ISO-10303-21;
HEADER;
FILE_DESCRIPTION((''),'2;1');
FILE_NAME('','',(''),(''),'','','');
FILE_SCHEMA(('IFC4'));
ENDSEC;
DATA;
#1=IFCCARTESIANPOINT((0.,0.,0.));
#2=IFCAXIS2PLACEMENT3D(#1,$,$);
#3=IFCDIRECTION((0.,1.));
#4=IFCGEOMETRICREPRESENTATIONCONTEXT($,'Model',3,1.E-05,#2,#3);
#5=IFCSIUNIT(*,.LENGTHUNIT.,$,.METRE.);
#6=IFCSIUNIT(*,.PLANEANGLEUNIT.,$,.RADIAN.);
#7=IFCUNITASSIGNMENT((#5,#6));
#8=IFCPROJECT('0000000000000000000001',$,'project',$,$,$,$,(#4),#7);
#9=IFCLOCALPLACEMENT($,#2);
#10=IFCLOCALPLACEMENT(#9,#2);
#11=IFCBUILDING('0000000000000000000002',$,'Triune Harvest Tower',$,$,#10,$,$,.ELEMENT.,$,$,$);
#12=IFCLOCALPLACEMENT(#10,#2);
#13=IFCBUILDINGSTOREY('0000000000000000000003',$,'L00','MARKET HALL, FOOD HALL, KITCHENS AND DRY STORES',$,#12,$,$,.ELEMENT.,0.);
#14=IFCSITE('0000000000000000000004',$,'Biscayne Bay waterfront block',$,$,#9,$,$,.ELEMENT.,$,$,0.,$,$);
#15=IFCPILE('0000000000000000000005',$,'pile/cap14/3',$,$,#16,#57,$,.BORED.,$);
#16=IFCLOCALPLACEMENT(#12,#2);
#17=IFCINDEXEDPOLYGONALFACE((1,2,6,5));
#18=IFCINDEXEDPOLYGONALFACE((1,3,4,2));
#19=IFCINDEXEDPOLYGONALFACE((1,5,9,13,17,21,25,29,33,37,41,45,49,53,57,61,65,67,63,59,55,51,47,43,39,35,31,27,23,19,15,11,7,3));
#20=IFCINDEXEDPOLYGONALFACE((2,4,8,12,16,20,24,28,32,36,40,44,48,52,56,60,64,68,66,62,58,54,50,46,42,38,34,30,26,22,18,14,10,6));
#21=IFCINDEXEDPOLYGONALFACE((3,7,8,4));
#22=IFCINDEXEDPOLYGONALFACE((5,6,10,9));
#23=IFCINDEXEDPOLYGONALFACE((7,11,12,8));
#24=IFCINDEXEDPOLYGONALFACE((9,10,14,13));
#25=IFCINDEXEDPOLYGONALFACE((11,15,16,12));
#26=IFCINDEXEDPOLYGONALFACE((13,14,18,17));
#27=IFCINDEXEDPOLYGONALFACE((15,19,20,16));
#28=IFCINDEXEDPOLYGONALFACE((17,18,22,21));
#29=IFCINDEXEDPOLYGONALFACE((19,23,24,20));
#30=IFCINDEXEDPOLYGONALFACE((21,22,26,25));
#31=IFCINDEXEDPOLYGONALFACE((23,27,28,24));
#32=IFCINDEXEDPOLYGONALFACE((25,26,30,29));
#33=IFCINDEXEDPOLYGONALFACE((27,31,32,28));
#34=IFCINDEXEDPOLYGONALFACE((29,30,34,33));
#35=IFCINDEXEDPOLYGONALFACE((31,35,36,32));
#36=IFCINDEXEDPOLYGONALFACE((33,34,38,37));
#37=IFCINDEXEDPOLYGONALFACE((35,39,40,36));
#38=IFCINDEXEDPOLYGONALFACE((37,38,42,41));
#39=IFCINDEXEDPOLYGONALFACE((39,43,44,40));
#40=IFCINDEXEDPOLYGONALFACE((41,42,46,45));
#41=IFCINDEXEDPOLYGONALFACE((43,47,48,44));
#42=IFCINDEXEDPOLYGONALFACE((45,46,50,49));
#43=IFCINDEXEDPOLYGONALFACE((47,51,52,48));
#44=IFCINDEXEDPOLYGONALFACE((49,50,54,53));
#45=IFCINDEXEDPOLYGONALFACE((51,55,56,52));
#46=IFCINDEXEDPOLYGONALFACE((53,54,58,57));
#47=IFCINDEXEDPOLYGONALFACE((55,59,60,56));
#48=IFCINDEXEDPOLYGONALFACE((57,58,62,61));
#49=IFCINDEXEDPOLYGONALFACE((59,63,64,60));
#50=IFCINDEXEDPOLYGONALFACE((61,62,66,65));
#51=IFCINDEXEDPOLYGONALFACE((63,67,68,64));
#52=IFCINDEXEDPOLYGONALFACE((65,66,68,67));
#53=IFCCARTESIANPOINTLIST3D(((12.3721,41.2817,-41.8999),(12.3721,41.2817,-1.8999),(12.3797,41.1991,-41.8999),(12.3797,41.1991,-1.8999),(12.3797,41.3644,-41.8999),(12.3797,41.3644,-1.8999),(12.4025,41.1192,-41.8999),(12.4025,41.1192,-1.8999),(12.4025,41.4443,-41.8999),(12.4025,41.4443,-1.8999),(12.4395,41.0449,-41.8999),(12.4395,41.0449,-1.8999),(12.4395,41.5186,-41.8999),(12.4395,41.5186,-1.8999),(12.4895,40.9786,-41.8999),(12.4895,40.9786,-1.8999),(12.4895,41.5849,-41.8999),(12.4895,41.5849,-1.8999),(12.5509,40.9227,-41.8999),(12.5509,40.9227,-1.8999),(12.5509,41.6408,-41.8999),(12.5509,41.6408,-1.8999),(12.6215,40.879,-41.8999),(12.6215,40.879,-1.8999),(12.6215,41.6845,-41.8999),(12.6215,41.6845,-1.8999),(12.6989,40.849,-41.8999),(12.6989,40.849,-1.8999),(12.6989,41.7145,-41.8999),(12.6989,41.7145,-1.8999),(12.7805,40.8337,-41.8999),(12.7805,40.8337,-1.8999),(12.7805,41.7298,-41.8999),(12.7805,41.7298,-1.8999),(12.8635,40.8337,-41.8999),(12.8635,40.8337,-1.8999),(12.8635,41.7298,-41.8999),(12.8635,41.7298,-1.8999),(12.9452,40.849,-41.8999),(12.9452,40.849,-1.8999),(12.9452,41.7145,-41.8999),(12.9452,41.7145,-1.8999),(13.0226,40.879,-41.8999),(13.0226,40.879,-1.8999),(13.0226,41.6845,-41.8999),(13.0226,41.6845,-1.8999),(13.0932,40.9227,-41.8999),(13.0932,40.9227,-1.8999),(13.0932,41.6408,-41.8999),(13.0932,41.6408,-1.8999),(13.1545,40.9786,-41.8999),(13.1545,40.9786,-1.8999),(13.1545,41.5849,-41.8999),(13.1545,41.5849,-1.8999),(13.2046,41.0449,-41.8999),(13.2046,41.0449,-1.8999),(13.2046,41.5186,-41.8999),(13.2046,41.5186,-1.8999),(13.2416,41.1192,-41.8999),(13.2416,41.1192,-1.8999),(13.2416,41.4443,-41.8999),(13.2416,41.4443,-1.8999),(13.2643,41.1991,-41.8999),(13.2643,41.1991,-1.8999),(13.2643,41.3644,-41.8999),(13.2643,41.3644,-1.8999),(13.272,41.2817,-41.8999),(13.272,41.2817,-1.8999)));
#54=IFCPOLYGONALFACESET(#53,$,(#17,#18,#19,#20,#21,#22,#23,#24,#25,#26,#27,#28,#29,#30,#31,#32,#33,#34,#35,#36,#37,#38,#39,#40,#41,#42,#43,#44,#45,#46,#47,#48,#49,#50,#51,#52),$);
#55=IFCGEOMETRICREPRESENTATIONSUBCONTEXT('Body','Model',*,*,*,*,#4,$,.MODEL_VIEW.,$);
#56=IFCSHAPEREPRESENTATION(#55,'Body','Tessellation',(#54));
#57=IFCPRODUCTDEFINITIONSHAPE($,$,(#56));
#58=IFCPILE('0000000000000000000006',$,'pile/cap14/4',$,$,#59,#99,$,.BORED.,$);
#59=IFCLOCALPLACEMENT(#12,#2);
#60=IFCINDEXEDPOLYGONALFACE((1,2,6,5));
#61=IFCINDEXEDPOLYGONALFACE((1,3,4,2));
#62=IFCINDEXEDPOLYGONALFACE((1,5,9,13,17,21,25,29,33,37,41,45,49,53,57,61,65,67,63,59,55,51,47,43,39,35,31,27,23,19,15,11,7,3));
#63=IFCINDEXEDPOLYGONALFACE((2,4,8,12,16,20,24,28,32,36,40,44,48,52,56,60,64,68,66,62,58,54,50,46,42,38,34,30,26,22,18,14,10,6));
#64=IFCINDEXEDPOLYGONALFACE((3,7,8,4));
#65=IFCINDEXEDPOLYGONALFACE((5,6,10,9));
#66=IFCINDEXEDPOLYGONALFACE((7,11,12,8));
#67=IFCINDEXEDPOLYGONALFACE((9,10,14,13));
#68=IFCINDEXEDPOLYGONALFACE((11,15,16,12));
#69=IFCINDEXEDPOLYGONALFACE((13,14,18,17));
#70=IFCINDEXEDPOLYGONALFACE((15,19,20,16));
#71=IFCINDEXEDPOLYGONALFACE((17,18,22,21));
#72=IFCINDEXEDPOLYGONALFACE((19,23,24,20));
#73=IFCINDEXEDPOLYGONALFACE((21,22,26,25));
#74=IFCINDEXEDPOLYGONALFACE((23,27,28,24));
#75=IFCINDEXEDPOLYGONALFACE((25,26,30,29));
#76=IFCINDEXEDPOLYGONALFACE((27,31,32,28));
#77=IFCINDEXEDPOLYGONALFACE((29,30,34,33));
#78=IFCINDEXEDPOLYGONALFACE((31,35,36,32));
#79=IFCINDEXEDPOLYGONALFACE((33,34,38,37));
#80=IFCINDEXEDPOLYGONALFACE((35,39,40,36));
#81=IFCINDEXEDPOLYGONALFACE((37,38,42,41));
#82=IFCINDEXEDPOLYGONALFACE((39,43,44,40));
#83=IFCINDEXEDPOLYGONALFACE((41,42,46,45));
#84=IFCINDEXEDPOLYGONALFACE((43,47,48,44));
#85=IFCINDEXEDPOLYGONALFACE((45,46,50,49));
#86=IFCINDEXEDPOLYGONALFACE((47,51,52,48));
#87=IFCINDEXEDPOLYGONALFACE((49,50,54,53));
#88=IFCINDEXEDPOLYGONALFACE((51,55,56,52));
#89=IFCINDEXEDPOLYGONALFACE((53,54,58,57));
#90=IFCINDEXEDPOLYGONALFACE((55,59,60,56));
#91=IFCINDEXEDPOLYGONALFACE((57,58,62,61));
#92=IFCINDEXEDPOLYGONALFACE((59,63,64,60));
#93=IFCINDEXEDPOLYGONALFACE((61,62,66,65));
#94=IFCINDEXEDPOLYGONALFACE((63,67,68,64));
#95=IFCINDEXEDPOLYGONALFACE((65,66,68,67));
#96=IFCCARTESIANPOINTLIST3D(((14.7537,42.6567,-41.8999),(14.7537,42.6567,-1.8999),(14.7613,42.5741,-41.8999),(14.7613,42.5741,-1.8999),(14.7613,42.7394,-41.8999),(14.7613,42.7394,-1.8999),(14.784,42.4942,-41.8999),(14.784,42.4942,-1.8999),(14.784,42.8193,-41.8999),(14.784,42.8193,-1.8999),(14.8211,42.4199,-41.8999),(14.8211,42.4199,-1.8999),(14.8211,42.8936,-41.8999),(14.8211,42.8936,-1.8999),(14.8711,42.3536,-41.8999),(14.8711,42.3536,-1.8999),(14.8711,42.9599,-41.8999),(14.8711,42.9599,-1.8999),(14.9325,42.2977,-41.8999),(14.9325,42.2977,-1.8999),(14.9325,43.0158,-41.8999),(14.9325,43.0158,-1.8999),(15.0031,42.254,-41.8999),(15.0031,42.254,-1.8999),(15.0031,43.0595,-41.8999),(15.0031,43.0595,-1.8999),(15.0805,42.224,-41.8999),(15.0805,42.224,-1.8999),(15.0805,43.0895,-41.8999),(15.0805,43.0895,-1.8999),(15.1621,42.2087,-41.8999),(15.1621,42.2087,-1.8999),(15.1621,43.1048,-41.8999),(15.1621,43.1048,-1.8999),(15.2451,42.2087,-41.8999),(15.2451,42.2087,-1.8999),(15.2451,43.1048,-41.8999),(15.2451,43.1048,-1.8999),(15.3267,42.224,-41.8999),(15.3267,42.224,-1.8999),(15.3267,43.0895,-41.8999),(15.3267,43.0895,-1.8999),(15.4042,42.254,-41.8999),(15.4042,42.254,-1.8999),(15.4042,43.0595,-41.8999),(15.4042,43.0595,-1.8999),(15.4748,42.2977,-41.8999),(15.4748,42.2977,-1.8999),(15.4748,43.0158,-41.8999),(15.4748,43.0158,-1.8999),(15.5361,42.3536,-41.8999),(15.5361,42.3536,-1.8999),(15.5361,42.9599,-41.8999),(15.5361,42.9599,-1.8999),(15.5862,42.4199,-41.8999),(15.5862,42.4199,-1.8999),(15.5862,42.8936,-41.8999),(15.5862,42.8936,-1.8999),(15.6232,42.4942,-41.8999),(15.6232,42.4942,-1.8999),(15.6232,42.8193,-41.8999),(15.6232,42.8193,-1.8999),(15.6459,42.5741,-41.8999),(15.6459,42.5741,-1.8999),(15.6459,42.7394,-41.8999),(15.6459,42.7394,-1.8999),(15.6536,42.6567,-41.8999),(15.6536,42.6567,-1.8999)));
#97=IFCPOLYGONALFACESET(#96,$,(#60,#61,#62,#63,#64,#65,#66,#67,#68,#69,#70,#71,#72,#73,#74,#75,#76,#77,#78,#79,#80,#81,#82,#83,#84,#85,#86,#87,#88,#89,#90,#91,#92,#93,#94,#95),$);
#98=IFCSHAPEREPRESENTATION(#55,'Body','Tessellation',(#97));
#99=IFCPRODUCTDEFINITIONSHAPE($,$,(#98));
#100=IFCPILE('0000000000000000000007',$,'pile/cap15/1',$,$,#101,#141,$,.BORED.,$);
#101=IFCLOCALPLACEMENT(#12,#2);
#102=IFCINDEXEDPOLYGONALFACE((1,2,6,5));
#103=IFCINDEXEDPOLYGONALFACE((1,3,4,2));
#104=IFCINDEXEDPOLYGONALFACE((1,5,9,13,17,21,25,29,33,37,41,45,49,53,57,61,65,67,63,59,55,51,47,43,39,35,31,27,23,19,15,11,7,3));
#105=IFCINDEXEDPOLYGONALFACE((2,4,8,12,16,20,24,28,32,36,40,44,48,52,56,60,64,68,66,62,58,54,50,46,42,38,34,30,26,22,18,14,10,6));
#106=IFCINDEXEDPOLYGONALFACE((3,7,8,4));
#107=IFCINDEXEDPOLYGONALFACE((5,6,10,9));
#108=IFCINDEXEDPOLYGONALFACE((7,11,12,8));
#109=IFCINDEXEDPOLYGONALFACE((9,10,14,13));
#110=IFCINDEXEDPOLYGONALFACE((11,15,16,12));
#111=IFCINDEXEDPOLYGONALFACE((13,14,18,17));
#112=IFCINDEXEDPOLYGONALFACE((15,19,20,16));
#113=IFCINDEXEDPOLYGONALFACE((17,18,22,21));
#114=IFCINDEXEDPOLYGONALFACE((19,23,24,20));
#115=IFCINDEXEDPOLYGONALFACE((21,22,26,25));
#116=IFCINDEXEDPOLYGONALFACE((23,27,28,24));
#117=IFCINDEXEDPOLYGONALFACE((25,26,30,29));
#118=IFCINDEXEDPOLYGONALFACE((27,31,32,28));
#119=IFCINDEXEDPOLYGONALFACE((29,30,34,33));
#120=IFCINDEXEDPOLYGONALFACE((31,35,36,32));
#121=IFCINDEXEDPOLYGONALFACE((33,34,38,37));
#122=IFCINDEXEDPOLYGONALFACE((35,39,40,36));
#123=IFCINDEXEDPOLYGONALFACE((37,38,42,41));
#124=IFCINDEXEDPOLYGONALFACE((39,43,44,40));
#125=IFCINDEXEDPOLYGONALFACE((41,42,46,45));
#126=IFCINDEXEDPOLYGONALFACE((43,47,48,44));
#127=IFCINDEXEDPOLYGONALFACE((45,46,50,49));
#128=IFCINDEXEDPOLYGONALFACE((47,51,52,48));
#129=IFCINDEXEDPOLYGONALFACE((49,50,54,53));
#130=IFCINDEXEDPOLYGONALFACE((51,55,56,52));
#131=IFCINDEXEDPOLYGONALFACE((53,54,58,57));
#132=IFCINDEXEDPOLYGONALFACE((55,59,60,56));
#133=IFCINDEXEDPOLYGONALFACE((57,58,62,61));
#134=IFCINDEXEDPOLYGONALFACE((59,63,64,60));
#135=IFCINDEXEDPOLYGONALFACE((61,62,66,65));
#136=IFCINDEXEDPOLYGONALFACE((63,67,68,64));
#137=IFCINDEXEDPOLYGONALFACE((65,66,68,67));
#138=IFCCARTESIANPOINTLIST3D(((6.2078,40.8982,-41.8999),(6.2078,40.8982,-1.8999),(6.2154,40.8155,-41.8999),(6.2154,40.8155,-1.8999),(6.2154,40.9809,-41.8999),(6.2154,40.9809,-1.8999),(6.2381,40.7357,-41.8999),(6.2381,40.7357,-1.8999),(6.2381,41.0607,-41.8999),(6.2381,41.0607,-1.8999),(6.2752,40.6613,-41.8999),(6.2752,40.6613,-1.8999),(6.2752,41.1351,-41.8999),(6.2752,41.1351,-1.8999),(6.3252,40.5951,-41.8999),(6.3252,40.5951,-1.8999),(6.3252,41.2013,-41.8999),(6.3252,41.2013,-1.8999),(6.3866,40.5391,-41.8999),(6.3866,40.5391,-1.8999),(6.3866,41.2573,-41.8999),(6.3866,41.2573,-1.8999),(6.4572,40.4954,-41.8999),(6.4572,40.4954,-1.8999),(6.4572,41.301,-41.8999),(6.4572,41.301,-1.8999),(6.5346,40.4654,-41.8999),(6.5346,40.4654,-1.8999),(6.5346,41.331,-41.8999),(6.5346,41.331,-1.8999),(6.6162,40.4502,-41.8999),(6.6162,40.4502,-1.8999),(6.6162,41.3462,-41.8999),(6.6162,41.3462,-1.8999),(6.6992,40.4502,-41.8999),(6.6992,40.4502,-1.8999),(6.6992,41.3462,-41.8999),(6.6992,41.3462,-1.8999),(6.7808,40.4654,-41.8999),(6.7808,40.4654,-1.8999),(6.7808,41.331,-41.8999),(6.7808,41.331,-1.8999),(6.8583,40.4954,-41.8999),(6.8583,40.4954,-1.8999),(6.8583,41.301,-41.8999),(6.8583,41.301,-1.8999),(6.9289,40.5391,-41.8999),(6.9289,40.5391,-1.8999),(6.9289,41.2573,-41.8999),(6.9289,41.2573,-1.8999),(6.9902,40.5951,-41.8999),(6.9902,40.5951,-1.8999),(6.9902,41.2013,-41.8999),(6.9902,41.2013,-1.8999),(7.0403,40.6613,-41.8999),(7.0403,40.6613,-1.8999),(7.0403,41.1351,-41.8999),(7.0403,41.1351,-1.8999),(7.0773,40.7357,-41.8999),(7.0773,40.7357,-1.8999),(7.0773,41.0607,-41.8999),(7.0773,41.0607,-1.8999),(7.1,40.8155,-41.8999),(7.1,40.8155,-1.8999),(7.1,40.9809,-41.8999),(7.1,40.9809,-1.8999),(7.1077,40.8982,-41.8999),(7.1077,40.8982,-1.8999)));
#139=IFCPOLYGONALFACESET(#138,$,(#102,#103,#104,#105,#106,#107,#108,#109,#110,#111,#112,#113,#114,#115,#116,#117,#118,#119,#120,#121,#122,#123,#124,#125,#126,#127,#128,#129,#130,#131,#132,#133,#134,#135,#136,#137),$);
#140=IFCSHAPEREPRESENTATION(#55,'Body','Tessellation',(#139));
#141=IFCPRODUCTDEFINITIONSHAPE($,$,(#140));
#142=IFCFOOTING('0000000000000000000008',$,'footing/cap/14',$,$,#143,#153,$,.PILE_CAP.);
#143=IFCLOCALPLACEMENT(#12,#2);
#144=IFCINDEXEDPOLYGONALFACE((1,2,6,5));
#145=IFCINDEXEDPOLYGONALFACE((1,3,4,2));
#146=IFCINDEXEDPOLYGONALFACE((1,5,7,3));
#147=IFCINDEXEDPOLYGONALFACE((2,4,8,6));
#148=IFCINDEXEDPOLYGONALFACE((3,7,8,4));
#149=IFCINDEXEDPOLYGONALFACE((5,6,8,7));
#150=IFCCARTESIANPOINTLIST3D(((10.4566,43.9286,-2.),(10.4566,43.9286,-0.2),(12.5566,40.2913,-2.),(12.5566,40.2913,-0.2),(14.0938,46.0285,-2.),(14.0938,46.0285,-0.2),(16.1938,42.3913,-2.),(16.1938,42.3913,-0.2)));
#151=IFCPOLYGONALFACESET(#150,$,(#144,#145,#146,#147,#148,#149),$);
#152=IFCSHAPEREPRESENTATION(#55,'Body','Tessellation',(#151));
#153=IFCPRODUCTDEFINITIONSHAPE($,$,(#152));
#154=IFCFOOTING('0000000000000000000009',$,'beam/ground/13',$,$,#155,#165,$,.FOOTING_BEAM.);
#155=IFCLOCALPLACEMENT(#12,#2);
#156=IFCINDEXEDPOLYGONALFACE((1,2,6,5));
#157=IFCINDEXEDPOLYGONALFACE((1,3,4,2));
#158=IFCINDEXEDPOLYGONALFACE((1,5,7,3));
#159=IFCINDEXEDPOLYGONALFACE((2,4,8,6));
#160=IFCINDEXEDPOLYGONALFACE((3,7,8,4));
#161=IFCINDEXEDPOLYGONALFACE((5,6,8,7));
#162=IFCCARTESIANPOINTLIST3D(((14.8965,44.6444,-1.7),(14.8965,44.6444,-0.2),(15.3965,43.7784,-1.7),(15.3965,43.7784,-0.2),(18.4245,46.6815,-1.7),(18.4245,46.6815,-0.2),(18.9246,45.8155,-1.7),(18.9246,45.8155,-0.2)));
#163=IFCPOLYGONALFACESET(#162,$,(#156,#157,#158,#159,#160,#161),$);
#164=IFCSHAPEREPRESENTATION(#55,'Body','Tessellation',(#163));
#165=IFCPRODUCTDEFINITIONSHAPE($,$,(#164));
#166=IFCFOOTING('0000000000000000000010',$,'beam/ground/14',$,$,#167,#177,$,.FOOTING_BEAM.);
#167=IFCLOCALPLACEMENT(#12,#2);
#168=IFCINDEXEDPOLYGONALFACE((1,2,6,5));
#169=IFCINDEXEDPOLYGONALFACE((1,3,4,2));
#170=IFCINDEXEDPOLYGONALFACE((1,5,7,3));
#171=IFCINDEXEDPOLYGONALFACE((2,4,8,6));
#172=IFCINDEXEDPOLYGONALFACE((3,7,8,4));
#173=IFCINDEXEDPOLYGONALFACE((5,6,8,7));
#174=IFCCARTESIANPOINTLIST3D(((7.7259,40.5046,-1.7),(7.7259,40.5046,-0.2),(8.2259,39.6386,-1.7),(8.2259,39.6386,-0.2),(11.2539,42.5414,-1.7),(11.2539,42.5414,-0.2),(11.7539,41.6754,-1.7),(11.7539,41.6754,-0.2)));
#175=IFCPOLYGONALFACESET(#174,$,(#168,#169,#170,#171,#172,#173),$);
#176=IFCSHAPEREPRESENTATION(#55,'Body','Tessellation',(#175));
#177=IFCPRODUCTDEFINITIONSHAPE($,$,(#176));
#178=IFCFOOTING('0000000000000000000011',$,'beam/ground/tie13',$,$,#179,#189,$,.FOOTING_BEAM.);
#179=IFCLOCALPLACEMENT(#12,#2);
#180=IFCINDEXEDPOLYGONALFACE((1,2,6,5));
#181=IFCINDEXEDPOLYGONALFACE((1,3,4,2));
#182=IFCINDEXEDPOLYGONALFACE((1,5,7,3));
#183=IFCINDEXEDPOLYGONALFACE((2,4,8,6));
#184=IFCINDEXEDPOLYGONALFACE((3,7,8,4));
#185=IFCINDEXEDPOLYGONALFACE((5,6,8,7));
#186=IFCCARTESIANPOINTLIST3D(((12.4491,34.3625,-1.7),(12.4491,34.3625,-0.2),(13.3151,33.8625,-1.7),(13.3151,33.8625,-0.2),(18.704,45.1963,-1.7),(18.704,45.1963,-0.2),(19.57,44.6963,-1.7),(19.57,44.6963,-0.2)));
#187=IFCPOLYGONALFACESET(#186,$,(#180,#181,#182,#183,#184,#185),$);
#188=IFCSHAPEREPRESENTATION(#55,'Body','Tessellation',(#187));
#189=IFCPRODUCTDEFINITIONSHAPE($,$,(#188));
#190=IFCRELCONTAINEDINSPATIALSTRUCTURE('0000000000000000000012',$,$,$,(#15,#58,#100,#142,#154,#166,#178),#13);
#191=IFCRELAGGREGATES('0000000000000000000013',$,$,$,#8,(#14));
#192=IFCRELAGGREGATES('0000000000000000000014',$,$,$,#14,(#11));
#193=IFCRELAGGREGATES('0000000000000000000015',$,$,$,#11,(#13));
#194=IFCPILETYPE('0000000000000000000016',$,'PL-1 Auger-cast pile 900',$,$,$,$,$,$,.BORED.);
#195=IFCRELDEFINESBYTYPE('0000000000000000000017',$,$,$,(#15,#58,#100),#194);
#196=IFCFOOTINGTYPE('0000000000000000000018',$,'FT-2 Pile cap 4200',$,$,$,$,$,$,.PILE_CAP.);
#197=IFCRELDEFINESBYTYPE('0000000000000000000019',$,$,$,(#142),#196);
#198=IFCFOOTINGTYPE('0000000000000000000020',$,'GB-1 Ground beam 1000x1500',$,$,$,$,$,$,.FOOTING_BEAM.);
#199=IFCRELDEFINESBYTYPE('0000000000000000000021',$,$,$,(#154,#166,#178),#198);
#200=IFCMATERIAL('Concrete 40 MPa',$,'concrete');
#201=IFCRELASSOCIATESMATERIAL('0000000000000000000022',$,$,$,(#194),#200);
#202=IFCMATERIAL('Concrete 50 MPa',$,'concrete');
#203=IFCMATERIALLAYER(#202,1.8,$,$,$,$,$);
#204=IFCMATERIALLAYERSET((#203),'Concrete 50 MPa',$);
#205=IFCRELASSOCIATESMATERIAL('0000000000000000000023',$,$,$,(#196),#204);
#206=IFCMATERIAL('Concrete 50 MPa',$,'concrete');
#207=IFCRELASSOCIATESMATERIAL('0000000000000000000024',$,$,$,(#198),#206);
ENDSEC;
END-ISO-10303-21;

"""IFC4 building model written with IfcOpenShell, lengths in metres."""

from ifc_helpers import new_model, si_unit, direction, frame, origin, origin_2d, place, context, subcontext, project, spatial, rectangle, circle, extrude, source, transform, mapped, material, layer, layer_set, material_profile, profile_set, type_object, element, save


model = new_model("IFC4")

# Units and contexts
model_context = context("Model", 3, precision=1e-05, world=origin(), true_north=direction((0.0, 1.0)))
body_context = subcontext(model_context, "Body", "Model", "MODEL_VIEW")
ifc_project = project(units=[si_unit("LENGTHUNIT", "METRE"), si_unit("PLANEANGLEUNIT", "RADIAN")], contexts=[model_context])

# Site, building, storey
site_placement = place(None, origin())
site = spatial("IfcSite", under=ifc_project, at=site_placement, Name="Biscayne Bay waterfront block", CompositionType="ELEMENT", RefElevation=0.0)
building_placement = place(site_placement, origin())
building = spatial("IfcBuilding", under=site, at=building_placement, Name="Triune Harvest Tower", CompositionType="ELEMENT")
storey_placement = place(building_placement, origin())
storey = spatial("IfcBuildingStorey", under=building, at=storey_placement, Name="L00", Description="MARKET HALL, FOOD HALL, KITCHENS AND DRY STORES", CompositionType="ELEMENT", Elevation=0.0)

# Piles
ifc_material_1 = material(Name="Concrete 40 MPa", Category="concrete")
ifc_material_profile_1 = material_profile(ifc_material_1, circle(Radius=0.45, at=origin_2d()), Name="Bored 900")
ifc_profile_set_1 = profile_set([ifc_material_profile_1], Name="Concrete 40 MPa")
pile_type = type_object("IfcPileType", Name="PL-1 Auger-cast pile 900", PredefinedType="BORED", material=ifc_profile_set_1)
shared_shape_1 = source(origin(), body_context, "Body", "SweptSolid", [
    extrude(circle(Radius=0.45, at=origin_2d()), origin(), (0.0, 0.0, 1.0), 40.0),
])
for number, where, z_axis, x_axis, name in (
    (1, (12.822, 41.2817, -1.8999), (0.0, 0.0, -1.0), (1.0, 0.0, 0.0), "pile/cap14/3"),
    (2, (15.2036, 42.6567, -1.8999), (0.0, 0.0, -1.0), (1.0, 0.0, 0.0), "pile/cap14/4"),
    (3, (6.6577, 40.8982, -1.8999), (0.0, 0.0, -1.0), (1.0, 0.0, 0.0), "pile/cap15/1"),
):
    element("IfcPile", number, at=place(storey_placement, frame(where, z_axis=z_axis, x_axis=x_axis)), inside=storey, type_object=pile_type, Name=name, PredefinedType="BORED", context=body_context, shape_type="MappedRepresentation", body=[
        mapped(shared_shape_1, transform((0.0, 0.0, 0.0), scale=1.0)),
    ])

# Footings
ifc_material_2 = material(Name="Concrete 50 MPa", Category="concrete")
ifc_layer_1 = layer(ifc_material_2, 1.8)
ifc_layer_set_1 = layer_set([ifc_layer_1], Name="Concrete 50 MPa")
footing_type_1 = type_object("IfcFootingType", Name="FT-2 Pile cap 4200", PredefinedType="PILE_CAP", material=ifc_layer_set_1)
shared_shape_2 = source(origin(), body_context, "Body", "SweptSolid", [
    extrude(rectangle(XDim=4.2, YDim=4.2, at=origin_2d()), origin(), (0.0, 0.0, 1.0), 1.8),
])
footing_1_placement = place(storey_placement, frame((13.3252, 43.1599, -2.0), z_axis=(0.0, 0.0, 1.0), x_axis=(-0.866025, -0.5, 0.0)))
element("IfcFooting", 4, at=footing_1_placement, inside=storey, type_object=footing_type_1, Name="footing/cap/14", PredefinedType="PILE_CAP", context=body_context, shape_type="MappedRepresentation", body=[
    mapped(shared_shape_2, transform((0.0, 0.0, 0.0), scale=1.0)),
])
ifc_material_3 = material(Name="Concrete 50 MPa", Category="concrete")
ifc_material_profile_2 = material_profile(ifc_material_3, rectangle(XDim=1.0, YDim=1.5, at=origin_2d()), Name="Concrete 1000x1500")
ifc_profile_set_2 = profile_set([ifc_material_profile_2], Name="Concrete 50 MPa")
footing_type_2 = type_object("IfcFootingType", Name="GB-1 Ground beam 1000x1500", PredefinedType="FOOTING_BEAM", material=ifc_profile_set_2)
shared_shape_3 = source(origin(), body_context, "Body", "SweptSolid", [
    extrude(rectangle(XDim=1.0, YDim=1.5, at=origin_2d()), origin(), (0.0, 0.0, 1.0), 4.074),
])
footing_2_placement = place(storey_placement, frame((18.6746, 46.2485, -0.95), z_axis=(-0.866007, -0.500032, 0.0), x_axis=(0.500032, -0.866007, 0.0)))
element("IfcFooting", 5, at=footing_2_placement, inside=storey, type_object=footing_type_2, Name="beam/ground/13", PredefinedType="FOOTING_BEAM", context=body_context, shape_type="MappedRepresentation", body=[
    mapped(shared_shape_3, transform((0.0, 0.0, 0.0), scale=1.0)),
])
shared_shape_4 = source(origin(), body_context, "Body", "SweptSolid", [
    extrude(rectangle(XDim=1.0, YDim=1.5, at=origin_2d()), origin(), (0.0, 0.0, 1.0), 4.0737),
])
footing_3_placement = place(storey_placement, frame((11.5039, 42.1084, -0.95), z_axis=(-0.866033, -0.499987, 0.0), x_axis=(0.499987, -0.866033, 0.0)))
element("IfcFooting", 6, at=footing_3_placement, inside=storey, type_object=footing_type_2, Name="beam/ground/14", PredefinedType="FOOTING_BEAM", context=body_context, shape_type="MappedRepresentation", body=[
    mapped(shared_shape_4, transform((0.0, 0.0, 0.0), scale=1.0)),
])
shared_shape_5 = source(origin(), body_context, "Body", "SweptSolid", [
    extrude(rectangle(XDim=1.0, YDim=1.5, at=origin_2d()), origin(), (0.0, 0.0, 1.0), 12.5098),
])
footing_4_placement = place(storey_placement, frame((19.137, 44.9463, -0.95), z_axis=(-0.500001, -0.866025, 0.0), x_axis=(0.866025, -0.500001, 0.0)))
element("IfcFooting", 7, at=footing_4_placement, inside=storey, type_object=footing_type_2, Name="beam/ground/tie13", PredefinedType="FOOTING_BEAM", context=body_context, shape_type="MappedRepresentation", body=[
    mapped(shared_shape_5, transform((0.0, 0.0, 0.0), scale=1.0)),
])

save(model, "model.ifc")
